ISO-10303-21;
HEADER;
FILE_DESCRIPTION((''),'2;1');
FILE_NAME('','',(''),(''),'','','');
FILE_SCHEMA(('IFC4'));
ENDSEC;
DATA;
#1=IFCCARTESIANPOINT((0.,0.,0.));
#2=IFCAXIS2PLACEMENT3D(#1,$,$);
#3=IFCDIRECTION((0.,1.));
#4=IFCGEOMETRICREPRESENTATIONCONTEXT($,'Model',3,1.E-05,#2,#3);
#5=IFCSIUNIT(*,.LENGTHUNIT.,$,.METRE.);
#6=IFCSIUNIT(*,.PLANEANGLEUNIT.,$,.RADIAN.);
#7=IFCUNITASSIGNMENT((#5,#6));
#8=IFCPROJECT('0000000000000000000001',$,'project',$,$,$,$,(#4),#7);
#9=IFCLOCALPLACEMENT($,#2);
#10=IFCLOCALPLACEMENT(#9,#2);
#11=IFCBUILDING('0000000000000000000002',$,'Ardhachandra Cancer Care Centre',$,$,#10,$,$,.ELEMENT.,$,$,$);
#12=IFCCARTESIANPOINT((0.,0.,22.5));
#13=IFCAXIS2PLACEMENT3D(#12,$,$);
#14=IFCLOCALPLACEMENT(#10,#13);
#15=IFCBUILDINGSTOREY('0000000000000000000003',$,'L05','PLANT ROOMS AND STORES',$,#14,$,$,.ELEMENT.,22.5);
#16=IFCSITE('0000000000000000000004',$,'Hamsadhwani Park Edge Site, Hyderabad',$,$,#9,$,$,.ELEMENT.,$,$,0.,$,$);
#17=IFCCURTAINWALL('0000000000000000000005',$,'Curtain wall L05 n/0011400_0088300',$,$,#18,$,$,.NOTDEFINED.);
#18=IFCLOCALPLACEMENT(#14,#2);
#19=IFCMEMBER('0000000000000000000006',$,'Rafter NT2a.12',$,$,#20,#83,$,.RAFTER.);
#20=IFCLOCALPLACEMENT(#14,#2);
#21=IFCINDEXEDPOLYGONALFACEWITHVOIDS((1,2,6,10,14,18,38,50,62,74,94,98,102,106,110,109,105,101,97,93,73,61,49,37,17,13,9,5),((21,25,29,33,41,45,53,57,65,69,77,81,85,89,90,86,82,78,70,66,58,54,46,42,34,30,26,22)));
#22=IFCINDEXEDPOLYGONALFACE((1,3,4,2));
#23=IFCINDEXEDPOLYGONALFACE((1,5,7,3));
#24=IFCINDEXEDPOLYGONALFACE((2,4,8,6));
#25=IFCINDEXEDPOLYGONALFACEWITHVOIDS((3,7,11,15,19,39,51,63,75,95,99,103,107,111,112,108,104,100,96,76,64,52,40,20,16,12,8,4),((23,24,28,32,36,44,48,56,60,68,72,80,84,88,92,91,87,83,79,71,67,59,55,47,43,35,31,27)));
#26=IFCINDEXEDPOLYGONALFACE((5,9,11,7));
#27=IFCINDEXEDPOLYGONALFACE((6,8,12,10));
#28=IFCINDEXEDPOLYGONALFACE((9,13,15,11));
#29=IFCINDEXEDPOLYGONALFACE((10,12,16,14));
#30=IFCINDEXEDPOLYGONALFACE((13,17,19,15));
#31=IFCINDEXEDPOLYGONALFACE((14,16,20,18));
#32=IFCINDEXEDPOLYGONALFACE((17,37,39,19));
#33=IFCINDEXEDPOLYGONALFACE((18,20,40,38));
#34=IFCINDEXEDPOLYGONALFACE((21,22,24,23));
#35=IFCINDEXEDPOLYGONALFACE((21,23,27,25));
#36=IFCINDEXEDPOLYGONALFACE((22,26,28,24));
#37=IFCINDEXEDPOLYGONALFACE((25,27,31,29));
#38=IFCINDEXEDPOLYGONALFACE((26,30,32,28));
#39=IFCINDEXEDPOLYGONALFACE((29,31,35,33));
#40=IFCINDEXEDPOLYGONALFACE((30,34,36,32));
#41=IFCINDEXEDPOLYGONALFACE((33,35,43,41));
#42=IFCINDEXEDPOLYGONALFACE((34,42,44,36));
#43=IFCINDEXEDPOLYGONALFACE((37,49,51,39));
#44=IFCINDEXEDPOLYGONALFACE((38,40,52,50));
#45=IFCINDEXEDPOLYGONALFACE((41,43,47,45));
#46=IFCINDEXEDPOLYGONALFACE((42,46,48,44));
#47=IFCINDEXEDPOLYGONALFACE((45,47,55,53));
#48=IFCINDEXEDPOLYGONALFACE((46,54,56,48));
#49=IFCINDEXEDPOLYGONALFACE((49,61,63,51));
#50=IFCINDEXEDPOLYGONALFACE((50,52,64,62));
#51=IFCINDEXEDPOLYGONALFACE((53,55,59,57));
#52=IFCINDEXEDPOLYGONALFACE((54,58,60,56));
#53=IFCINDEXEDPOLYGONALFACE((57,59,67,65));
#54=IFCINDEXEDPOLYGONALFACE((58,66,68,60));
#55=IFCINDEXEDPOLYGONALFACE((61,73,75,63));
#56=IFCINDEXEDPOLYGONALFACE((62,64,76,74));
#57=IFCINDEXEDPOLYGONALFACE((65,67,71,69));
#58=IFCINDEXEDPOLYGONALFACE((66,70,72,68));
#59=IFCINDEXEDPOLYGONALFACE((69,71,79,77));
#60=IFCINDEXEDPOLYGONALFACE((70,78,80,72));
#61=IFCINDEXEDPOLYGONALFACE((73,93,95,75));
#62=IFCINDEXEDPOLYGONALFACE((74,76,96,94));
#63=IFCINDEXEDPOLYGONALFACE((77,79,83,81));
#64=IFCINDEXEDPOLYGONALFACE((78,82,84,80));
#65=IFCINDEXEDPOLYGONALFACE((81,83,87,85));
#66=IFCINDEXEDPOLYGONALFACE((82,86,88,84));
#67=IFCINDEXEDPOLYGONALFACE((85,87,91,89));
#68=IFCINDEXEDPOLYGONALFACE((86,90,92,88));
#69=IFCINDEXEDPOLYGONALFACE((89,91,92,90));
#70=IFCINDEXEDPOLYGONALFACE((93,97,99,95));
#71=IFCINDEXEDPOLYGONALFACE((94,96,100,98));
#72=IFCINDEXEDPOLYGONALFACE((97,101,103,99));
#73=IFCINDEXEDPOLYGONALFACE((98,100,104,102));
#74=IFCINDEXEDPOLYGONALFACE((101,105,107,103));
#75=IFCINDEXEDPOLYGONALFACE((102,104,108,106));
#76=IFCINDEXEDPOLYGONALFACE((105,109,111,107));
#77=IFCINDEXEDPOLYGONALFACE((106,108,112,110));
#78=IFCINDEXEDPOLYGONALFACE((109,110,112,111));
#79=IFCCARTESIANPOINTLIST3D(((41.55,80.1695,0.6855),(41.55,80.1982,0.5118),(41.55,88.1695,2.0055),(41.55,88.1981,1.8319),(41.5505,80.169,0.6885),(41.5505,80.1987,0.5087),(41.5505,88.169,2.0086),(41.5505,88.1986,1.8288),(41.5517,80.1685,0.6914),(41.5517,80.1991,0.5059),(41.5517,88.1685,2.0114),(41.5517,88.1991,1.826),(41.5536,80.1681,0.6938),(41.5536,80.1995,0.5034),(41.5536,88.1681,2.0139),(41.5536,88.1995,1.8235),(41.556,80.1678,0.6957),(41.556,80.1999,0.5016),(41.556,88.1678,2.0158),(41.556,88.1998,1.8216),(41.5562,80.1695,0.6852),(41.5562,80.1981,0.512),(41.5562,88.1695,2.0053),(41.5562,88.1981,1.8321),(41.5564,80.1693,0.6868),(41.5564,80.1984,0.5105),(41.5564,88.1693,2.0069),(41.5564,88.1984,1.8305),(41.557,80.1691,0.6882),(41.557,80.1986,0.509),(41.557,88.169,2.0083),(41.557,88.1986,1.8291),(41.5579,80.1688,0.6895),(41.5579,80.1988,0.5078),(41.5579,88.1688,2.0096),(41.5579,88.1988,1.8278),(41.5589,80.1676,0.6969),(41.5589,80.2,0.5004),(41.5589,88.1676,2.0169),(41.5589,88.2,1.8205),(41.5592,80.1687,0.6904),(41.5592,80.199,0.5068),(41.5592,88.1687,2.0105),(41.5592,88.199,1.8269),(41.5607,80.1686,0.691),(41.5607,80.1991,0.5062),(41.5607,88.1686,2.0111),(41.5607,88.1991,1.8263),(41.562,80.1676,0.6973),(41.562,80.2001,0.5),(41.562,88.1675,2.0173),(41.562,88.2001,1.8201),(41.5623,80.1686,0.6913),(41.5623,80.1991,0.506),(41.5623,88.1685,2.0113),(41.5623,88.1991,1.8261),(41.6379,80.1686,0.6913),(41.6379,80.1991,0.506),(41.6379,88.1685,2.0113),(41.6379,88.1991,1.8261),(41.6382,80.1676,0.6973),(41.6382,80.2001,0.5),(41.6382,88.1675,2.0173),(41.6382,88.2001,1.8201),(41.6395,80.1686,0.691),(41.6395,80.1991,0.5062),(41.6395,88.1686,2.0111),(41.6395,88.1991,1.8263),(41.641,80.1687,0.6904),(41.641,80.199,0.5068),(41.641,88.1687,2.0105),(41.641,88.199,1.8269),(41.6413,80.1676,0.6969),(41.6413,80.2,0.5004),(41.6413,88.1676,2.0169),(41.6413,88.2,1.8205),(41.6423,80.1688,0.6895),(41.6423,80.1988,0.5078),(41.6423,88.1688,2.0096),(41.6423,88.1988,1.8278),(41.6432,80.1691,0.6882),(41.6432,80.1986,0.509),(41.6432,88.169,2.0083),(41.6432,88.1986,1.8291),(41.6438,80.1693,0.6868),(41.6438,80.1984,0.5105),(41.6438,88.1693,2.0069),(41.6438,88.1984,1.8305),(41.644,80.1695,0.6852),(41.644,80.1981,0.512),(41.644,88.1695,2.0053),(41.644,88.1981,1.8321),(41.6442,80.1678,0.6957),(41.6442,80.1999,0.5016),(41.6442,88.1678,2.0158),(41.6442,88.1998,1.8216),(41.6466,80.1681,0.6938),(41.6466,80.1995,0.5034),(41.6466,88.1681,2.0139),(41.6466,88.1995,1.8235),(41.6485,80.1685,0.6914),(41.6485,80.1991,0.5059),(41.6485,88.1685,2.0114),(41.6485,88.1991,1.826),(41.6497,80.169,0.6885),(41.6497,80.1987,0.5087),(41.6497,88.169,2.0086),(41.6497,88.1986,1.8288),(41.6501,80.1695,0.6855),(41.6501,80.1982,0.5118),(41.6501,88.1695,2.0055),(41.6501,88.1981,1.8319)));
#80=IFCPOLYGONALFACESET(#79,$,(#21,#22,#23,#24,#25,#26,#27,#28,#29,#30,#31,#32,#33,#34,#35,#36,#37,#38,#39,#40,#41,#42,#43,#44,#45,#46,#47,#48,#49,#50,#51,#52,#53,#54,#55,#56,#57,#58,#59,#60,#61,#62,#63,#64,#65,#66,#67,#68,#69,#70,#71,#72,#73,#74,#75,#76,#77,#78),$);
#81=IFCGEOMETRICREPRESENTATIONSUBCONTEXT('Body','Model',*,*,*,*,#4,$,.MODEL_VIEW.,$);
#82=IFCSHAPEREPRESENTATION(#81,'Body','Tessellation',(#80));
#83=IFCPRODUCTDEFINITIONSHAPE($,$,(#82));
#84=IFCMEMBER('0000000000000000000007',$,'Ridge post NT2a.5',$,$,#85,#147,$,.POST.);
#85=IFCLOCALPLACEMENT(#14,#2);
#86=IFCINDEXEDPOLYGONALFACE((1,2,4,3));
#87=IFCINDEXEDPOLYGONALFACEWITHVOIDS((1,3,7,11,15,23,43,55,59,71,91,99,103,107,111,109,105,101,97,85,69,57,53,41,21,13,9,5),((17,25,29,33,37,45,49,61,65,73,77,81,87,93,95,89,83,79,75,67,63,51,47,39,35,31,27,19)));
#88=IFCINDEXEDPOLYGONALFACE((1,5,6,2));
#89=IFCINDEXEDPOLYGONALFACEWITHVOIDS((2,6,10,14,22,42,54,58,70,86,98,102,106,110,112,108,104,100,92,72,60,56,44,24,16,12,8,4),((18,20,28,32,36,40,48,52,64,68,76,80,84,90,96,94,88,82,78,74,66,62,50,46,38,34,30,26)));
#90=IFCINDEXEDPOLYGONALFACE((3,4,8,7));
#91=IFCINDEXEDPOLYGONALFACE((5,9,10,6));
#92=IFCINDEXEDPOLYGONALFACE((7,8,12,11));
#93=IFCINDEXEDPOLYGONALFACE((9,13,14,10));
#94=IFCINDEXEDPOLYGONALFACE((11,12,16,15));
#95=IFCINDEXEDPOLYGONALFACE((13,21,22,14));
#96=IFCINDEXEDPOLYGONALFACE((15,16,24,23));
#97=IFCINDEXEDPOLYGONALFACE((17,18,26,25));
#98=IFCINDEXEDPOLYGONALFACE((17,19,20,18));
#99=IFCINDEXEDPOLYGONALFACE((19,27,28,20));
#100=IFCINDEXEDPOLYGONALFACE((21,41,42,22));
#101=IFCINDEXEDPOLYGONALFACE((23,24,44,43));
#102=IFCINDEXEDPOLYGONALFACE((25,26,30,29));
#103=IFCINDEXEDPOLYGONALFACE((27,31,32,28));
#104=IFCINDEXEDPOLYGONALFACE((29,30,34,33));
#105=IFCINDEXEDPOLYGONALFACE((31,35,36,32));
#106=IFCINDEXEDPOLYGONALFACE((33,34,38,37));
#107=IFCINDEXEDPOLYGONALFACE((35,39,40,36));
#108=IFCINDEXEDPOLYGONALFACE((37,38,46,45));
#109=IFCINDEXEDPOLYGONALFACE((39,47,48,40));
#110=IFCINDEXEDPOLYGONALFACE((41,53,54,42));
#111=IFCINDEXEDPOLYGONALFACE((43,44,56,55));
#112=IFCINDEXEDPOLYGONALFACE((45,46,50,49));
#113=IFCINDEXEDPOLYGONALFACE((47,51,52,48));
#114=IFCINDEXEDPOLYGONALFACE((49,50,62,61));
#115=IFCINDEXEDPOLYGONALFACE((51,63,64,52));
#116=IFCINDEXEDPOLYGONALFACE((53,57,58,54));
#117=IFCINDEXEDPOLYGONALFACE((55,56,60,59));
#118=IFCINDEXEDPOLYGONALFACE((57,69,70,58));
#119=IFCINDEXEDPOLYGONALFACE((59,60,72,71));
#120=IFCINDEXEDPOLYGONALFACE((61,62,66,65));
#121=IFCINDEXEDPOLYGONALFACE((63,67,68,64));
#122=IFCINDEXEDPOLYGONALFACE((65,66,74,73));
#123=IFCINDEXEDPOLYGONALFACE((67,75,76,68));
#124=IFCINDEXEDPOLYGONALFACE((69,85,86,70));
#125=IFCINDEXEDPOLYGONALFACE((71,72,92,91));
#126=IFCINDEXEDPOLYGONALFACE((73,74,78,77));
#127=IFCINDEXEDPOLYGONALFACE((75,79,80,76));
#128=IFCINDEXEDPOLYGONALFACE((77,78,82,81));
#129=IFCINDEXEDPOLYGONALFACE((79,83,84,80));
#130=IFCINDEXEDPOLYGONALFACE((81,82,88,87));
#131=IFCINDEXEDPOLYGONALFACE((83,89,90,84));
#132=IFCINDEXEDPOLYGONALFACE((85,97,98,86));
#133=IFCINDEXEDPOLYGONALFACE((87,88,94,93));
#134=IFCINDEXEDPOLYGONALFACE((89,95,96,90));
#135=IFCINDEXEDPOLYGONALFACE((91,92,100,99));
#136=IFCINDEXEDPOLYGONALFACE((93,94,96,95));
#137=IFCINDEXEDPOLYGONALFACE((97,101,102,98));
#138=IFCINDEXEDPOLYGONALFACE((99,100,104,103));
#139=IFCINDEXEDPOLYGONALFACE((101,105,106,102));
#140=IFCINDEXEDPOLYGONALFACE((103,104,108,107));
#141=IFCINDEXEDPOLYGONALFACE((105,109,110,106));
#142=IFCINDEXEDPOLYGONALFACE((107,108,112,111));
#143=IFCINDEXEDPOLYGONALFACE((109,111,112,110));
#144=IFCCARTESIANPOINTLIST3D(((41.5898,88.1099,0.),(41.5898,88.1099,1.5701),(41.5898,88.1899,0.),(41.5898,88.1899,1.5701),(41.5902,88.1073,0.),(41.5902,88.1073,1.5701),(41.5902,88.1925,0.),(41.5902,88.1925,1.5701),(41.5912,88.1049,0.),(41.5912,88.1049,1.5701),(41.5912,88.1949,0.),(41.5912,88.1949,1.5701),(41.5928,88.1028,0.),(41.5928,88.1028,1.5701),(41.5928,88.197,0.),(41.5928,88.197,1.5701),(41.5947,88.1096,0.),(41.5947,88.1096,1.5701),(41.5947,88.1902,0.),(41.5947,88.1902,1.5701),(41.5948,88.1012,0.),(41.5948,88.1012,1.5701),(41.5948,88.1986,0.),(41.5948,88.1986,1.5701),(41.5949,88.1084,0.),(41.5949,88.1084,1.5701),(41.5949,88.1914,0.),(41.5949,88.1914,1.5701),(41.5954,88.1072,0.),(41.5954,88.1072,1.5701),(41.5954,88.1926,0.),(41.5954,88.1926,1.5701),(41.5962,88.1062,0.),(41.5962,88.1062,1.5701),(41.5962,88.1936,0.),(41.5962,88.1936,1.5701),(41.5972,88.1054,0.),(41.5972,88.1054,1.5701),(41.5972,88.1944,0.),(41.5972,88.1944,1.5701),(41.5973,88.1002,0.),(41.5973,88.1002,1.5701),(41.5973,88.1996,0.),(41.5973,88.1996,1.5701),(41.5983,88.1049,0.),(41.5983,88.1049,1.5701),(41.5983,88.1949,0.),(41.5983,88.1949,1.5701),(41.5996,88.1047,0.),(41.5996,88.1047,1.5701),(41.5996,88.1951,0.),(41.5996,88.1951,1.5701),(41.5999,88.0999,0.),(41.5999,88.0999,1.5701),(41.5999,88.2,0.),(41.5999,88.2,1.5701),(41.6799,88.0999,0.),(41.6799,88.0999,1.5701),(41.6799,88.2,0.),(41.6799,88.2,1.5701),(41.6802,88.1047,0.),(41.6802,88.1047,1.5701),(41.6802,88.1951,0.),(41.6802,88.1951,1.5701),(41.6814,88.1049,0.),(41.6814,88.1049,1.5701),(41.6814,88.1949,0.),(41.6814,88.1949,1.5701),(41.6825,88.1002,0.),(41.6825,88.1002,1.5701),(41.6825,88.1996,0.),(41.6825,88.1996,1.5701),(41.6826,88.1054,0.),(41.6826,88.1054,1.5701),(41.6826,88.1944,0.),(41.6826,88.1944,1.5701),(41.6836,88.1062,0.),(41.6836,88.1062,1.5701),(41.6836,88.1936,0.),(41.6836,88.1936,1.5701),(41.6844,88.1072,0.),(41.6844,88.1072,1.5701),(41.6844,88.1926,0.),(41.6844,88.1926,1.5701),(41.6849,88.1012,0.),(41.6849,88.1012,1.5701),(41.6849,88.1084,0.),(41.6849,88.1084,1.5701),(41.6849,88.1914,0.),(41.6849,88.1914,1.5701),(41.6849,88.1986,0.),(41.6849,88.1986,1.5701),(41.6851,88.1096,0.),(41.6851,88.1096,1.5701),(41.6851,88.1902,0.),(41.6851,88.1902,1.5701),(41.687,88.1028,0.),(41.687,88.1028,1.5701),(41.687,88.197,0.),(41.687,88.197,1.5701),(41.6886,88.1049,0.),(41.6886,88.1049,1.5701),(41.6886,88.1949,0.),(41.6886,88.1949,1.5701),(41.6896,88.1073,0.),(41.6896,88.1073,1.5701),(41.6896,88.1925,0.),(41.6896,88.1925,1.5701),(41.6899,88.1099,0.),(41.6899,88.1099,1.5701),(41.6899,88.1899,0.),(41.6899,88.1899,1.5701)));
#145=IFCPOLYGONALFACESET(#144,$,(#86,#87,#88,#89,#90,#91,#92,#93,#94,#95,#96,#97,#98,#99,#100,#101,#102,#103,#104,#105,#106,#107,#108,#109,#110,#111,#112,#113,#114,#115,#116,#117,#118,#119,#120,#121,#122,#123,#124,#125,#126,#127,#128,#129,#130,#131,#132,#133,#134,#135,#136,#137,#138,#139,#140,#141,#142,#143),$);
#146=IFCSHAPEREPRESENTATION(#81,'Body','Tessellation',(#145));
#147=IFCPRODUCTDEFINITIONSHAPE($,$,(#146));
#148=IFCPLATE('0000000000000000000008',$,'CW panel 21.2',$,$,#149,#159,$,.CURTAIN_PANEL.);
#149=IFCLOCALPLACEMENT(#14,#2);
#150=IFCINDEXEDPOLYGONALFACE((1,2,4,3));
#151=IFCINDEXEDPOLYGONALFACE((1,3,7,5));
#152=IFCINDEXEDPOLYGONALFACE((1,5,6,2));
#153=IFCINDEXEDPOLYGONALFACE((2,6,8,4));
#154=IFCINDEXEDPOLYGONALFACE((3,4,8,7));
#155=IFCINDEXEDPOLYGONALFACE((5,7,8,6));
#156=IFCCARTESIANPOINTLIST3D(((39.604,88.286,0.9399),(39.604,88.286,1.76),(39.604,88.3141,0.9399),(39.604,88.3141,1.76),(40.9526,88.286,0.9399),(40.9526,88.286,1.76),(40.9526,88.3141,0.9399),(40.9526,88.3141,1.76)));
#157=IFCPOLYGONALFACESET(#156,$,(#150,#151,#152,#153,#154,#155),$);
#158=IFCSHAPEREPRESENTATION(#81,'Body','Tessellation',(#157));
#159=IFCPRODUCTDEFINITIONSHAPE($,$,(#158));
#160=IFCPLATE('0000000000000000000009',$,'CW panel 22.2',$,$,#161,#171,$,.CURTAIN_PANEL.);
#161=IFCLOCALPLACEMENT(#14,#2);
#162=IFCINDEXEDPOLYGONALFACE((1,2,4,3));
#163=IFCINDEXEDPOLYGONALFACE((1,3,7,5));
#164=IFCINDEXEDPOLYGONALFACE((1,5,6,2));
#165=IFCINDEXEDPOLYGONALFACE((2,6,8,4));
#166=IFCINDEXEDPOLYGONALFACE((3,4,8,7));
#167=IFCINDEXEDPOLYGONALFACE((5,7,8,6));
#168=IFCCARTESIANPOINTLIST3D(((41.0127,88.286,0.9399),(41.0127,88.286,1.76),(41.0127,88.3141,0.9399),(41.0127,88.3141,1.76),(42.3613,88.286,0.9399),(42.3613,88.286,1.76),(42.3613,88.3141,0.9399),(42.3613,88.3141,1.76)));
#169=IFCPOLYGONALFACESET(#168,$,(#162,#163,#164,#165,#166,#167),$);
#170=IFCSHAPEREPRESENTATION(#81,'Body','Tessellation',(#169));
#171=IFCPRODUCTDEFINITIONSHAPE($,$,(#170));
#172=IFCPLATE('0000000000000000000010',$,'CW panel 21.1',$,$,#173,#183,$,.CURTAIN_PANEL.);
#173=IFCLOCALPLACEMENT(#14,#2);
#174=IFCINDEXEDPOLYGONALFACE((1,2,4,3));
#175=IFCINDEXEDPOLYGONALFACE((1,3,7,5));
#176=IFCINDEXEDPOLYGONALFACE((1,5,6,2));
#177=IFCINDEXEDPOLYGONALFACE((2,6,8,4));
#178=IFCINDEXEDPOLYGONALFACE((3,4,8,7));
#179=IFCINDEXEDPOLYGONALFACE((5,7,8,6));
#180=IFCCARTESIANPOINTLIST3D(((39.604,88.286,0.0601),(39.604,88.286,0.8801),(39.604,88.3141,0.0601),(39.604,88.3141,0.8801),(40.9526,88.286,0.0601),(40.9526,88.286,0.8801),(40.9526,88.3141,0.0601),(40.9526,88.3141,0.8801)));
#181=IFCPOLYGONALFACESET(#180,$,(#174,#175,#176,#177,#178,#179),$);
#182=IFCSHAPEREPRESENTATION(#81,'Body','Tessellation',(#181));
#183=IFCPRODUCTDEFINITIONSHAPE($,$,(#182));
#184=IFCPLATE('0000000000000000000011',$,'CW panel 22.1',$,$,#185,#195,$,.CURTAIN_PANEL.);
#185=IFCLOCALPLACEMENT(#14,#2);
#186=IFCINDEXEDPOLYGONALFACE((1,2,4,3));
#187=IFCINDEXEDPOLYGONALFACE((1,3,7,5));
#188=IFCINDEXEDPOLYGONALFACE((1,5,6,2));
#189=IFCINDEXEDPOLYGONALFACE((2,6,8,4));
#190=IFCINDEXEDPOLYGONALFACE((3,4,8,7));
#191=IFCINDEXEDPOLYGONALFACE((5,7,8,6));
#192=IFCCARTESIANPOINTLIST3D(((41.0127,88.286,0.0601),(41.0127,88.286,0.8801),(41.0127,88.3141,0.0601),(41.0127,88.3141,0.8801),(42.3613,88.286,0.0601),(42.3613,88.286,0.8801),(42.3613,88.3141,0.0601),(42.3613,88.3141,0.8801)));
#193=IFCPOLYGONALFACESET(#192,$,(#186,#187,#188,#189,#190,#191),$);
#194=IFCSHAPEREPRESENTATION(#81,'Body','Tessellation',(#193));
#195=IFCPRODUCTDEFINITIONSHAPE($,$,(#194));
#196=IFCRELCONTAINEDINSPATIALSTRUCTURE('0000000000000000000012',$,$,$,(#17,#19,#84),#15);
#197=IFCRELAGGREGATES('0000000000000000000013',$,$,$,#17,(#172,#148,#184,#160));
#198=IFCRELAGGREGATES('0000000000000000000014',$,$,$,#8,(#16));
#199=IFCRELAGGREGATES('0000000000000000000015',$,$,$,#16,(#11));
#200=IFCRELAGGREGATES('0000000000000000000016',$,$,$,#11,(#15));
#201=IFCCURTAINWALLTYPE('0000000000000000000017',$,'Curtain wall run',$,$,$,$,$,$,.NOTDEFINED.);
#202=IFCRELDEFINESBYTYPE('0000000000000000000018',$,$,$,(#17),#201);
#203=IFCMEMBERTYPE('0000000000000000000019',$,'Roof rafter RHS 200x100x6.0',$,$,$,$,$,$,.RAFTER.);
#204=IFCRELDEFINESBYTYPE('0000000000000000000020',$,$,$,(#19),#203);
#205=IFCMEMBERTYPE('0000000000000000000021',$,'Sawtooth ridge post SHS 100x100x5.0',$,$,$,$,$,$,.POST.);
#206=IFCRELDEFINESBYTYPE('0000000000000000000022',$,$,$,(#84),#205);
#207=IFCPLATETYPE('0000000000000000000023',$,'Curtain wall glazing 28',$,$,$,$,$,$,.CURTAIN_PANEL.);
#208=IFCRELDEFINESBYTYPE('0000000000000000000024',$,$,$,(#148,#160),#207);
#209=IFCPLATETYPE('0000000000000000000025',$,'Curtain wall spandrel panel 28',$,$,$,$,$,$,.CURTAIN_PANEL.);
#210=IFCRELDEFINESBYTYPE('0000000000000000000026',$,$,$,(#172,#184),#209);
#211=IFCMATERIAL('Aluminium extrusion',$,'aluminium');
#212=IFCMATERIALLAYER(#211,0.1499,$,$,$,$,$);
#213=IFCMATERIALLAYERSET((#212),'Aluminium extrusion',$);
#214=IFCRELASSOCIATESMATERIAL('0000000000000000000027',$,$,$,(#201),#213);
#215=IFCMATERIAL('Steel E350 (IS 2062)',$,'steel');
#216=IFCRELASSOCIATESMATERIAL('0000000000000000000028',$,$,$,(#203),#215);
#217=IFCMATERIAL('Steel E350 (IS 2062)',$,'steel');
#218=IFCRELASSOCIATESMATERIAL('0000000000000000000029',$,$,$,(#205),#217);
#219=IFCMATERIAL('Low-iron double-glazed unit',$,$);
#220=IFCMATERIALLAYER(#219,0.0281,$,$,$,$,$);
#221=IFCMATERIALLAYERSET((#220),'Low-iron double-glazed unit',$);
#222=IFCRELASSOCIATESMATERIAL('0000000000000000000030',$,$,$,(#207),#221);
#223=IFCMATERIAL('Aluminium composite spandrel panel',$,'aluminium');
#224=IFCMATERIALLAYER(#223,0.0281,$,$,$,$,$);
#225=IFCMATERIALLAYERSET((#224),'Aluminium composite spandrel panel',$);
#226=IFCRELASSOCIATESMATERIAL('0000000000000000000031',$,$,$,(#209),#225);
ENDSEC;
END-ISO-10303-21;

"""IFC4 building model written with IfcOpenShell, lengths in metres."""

from ifc_helpers import new_model, si_unit, direction, frame, origin, origin_2d, place, context, subcontext, project, spatial, rectangle, hollow_rectangle, extrude, material, layer, layer_set, material_profile, profile_set, type_object, element, aggregate, save


model = new_model("IFC4")

# Units and contexts
model_context = context("Model", 3, precision=1e-05, world=origin(), true_north=direction((0.0, 1.0)))
body_context = subcontext(model_context, "Body", "Model", "MODEL_VIEW")
ifc_project = project(units=[si_unit("LENGTHUNIT", "METRE"), si_unit("PLANEANGLEUNIT", "RADIAN")], contexts=[model_context])

# Site, building, storey
site_placement = place(None, origin())
site = spatial("IfcSite", under=ifc_project, at=site_placement, Name="Hamsadhwani Park Edge Site, Hyderabad", CompositionType="ELEMENT", RefElevation=0.0)
building_placement = place(site_placement, origin())
building = spatial("IfcBuilding", under=site, at=building_placement, Name="Ardhachandra Cancer Care Centre", CompositionType="ELEMENT")
storey_placement = place(building_placement, frame((0.0, 0.0, 22.5)))
storey = spatial("IfcBuildingStorey", under=building, at=storey_placement, Name="L05", Description="PLANT ROOMS AND STORES", CompositionType="ELEMENT", Elevation=22.5)

# Curtain wall
ifc_material_1 = material(Name="Aluminium extrusion", Category="aluminium")
ifc_layer_1 = layer(ifc_material_1, 0.1499)
ifc_layer_set_1 = layer_set([ifc_layer_1], Name="Aluminium extrusion")
curtain_wall_type = type_object("IfcCurtainWallType", Name="Curtain wall run", PredefinedType="NOTDEFINED", material=ifc_layer_set_1)
curtain_wall_placement = place(storey_placement, origin())
curtain_wall = element("IfcCurtainWall", 1, at=curtain_wall_placement, inside=storey, type_object=curtain_wall_type, Name="Curtain wall L05 n/0011400_0088300", PredefinedType="NOTDEFINED")

# Members
ifc_material_2 = material(Name="Steel E350 (IS 2062)", Category="steel")
ifc_material_profile_1 = material_profile(ifc_material_2, hollow_rectangle(XDim=0.1001, YDim=0.2, WallThickness=0.0061, InnerFilletRadius=0.0061, OuterFilletRadius=0.012, at=origin_2d()), Name="RHS 200x100x6.0")
ifc_profile_set_1 = profile_set([ifc_material_profile_1], Name="Steel E350 (IS 2062)")
member_type_1 = type_object("IfcMemberType", Name="Roof rafter RHS 200x100x6.0", PredefinedType="RAFTER", material=ifc_profile_set_1)
member_1_placement = place(storey_placement, frame((41.6001, 80.1838, 0.5986), z_axis=(0.0, 0.986658, 0.162807), x_axis=(-1.0, 0.0, 0.0)))
element("IfcMember", 2, at=member_1_placement, inside=storey, type_object=member_type_1, Name="Rafter NT2a.12", PredefinedType="RAFTER", context=body_context, shape_type="SweptSolid", body=[
    extrude(hollow_rectangle(XDim=0.1001, YDim=0.2, WallThickness=0.0061, InnerFilletRadius=0.0061, OuterFilletRadius=0.012, at=origin_2d()), origin(), (0.0, 0.0, 1.0), 8.1082),
])
ifc_material_3 = material(Name="Steel E350 (IS 2062)", Category="steel")
ifc_material_profile_2 = material_profile(ifc_material_3, hollow_rectangle(XDim=0.1001, YDim=0.1001, WallThickness=0.0049, InnerFilletRadius=0.0049, OuterFilletRadius=0.01, at=origin_2d()), Name="SHS 100x100x5.0")
ifc_profile_set_2 = profile_set([ifc_material_profile_2], Name="Steel E350 (IS 2062)")
member_type_2 = type_object("IfcMemberType", Name="Sawtooth ridge post SHS 100x100x5.0", PredefinedType="POST", material=ifc_profile_set_2)
member_2_placement = place(storey_placement, frame((41.6399, 88.1499, 0.0), z_axis=(0.0, 0.0, 1.0), x_axis=(1.0, 0.0, 0.0)))
element("IfcMember", 3, at=member_2_placement, inside=storey, type_object=member_type_2, Name="Ridge post NT2a.5", PredefinedType="POST", context=body_context, shape_type="SweptSolid", body=[
    extrude(hollow_rectangle(XDim=0.1001, YDim=0.1001, WallThickness=0.0049, InnerFilletRadius=0.0049, OuterFilletRadius=0.01, at=origin_2d()), origin(), (0.0, 0.0, 1.0), 1.5701),
])

# Plates
ifc_material_4 = material(Name="Low-iron double-glazed unit")
ifc_layer_2 = layer(ifc_material_4, 0.0281)
ifc_layer_set_2 = layer_set([ifc_layer_2], Name="Low-iron double-glazed unit")
plate_type_1 = type_object("IfcPlateType", Name="Curtain wall glazing 28", PredefinedType="CURTAIN_PANEL", material=ifc_layer_set_2)
plate_1_placement = place(storey_placement, frame((40.2783, 88.3, 0.9399), z_axis=(0.0, 0.0, 1.0), x_axis=(1.0, 0.0, 0.0)))
plate_1 = element("IfcPlate", 4, at=plate_1_placement, type_object=plate_type_1, Name="CW panel 21.2", PredefinedType="CURTAIN_PANEL", context=body_context, shape_type="SweptSolid", body=[
    extrude(rectangle(XDim=1.3486, YDim=0.0281, at=origin_2d()), origin(), (0.0, 0.0, 1.0), 0.8201),
])
plate_2_placement = place(storey_placement, frame((41.687, 88.3, 0.9399), z_axis=(0.0, 0.0, 1.0), x_axis=(1.0, 0.0, 0.0)))
plate_2 = element("IfcPlate", 5, at=plate_2_placement, type_object=plate_type_1, Name="CW panel 22.2", PredefinedType="CURTAIN_PANEL", context=body_context, shape_type="SweptSolid", body=[
    extrude(rectangle(XDim=1.3486, YDim=0.0281, at=origin_2d()), origin(), (0.0, 0.0, 1.0), 0.8201),
])
ifc_material_5 = material(Name="Aluminium composite spandrel panel", Category="aluminium")
ifc_layer_3 = layer(ifc_material_5, 0.0281)
ifc_layer_set_3 = layer_set([ifc_layer_3], Name="Aluminium composite spandrel panel")
plate_type_2 = type_object("IfcPlateType", Name="Curtain wall spandrel panel 28", PredefinedType="CURTAIN_PANEL", material=ifc_layer_set_3)
plate_3_placement = place(storey_placement, frame((40.2783, 88.3, 0.0601), z_axis=(0.0, 0.0, 1.0), x_axis=(1.0, 0.0, 0.0)))
plate_3 = element("IfcPlate", 6, at=plate_3_placement, type_object=plate_type_2, Name="CW panel 21.1", PredefinedType="CURTAIN_PANEL", context=body_context, shape_type="SweptSolid", body=[
    extrude(rectangle(XDim=1.3486, YDim=0.0281, at=origin_2d()), origin(), (0.0, 0.0, 1.0), 0.8201),
])
plate_4_placement = place(storey_placement, frame((41.687, 88.3, 0.0601), z_axis=(0.0, 0.0, 1.0), x_axis=(1.0, 0.0, 0.0)))
plate_4 = element("IfcPlate", 7, at=plate_4_placement, type_object=plate_type_2, Name="CW panel 22.1", PredefinedType="CURTAIN_PANEL", context=body_context, shape_type="SweptSolid", body=[
    extrude(rectangle(XDim=1.3486, YDim=0.0281, at=origin_2d()), origin(), (0.0, 0.0, 1.0), 0.8201),
])
aggregate(curtain_wall, [plate_3, plate_1, plate_4, plate_2])

save(model, "model.ifc")
